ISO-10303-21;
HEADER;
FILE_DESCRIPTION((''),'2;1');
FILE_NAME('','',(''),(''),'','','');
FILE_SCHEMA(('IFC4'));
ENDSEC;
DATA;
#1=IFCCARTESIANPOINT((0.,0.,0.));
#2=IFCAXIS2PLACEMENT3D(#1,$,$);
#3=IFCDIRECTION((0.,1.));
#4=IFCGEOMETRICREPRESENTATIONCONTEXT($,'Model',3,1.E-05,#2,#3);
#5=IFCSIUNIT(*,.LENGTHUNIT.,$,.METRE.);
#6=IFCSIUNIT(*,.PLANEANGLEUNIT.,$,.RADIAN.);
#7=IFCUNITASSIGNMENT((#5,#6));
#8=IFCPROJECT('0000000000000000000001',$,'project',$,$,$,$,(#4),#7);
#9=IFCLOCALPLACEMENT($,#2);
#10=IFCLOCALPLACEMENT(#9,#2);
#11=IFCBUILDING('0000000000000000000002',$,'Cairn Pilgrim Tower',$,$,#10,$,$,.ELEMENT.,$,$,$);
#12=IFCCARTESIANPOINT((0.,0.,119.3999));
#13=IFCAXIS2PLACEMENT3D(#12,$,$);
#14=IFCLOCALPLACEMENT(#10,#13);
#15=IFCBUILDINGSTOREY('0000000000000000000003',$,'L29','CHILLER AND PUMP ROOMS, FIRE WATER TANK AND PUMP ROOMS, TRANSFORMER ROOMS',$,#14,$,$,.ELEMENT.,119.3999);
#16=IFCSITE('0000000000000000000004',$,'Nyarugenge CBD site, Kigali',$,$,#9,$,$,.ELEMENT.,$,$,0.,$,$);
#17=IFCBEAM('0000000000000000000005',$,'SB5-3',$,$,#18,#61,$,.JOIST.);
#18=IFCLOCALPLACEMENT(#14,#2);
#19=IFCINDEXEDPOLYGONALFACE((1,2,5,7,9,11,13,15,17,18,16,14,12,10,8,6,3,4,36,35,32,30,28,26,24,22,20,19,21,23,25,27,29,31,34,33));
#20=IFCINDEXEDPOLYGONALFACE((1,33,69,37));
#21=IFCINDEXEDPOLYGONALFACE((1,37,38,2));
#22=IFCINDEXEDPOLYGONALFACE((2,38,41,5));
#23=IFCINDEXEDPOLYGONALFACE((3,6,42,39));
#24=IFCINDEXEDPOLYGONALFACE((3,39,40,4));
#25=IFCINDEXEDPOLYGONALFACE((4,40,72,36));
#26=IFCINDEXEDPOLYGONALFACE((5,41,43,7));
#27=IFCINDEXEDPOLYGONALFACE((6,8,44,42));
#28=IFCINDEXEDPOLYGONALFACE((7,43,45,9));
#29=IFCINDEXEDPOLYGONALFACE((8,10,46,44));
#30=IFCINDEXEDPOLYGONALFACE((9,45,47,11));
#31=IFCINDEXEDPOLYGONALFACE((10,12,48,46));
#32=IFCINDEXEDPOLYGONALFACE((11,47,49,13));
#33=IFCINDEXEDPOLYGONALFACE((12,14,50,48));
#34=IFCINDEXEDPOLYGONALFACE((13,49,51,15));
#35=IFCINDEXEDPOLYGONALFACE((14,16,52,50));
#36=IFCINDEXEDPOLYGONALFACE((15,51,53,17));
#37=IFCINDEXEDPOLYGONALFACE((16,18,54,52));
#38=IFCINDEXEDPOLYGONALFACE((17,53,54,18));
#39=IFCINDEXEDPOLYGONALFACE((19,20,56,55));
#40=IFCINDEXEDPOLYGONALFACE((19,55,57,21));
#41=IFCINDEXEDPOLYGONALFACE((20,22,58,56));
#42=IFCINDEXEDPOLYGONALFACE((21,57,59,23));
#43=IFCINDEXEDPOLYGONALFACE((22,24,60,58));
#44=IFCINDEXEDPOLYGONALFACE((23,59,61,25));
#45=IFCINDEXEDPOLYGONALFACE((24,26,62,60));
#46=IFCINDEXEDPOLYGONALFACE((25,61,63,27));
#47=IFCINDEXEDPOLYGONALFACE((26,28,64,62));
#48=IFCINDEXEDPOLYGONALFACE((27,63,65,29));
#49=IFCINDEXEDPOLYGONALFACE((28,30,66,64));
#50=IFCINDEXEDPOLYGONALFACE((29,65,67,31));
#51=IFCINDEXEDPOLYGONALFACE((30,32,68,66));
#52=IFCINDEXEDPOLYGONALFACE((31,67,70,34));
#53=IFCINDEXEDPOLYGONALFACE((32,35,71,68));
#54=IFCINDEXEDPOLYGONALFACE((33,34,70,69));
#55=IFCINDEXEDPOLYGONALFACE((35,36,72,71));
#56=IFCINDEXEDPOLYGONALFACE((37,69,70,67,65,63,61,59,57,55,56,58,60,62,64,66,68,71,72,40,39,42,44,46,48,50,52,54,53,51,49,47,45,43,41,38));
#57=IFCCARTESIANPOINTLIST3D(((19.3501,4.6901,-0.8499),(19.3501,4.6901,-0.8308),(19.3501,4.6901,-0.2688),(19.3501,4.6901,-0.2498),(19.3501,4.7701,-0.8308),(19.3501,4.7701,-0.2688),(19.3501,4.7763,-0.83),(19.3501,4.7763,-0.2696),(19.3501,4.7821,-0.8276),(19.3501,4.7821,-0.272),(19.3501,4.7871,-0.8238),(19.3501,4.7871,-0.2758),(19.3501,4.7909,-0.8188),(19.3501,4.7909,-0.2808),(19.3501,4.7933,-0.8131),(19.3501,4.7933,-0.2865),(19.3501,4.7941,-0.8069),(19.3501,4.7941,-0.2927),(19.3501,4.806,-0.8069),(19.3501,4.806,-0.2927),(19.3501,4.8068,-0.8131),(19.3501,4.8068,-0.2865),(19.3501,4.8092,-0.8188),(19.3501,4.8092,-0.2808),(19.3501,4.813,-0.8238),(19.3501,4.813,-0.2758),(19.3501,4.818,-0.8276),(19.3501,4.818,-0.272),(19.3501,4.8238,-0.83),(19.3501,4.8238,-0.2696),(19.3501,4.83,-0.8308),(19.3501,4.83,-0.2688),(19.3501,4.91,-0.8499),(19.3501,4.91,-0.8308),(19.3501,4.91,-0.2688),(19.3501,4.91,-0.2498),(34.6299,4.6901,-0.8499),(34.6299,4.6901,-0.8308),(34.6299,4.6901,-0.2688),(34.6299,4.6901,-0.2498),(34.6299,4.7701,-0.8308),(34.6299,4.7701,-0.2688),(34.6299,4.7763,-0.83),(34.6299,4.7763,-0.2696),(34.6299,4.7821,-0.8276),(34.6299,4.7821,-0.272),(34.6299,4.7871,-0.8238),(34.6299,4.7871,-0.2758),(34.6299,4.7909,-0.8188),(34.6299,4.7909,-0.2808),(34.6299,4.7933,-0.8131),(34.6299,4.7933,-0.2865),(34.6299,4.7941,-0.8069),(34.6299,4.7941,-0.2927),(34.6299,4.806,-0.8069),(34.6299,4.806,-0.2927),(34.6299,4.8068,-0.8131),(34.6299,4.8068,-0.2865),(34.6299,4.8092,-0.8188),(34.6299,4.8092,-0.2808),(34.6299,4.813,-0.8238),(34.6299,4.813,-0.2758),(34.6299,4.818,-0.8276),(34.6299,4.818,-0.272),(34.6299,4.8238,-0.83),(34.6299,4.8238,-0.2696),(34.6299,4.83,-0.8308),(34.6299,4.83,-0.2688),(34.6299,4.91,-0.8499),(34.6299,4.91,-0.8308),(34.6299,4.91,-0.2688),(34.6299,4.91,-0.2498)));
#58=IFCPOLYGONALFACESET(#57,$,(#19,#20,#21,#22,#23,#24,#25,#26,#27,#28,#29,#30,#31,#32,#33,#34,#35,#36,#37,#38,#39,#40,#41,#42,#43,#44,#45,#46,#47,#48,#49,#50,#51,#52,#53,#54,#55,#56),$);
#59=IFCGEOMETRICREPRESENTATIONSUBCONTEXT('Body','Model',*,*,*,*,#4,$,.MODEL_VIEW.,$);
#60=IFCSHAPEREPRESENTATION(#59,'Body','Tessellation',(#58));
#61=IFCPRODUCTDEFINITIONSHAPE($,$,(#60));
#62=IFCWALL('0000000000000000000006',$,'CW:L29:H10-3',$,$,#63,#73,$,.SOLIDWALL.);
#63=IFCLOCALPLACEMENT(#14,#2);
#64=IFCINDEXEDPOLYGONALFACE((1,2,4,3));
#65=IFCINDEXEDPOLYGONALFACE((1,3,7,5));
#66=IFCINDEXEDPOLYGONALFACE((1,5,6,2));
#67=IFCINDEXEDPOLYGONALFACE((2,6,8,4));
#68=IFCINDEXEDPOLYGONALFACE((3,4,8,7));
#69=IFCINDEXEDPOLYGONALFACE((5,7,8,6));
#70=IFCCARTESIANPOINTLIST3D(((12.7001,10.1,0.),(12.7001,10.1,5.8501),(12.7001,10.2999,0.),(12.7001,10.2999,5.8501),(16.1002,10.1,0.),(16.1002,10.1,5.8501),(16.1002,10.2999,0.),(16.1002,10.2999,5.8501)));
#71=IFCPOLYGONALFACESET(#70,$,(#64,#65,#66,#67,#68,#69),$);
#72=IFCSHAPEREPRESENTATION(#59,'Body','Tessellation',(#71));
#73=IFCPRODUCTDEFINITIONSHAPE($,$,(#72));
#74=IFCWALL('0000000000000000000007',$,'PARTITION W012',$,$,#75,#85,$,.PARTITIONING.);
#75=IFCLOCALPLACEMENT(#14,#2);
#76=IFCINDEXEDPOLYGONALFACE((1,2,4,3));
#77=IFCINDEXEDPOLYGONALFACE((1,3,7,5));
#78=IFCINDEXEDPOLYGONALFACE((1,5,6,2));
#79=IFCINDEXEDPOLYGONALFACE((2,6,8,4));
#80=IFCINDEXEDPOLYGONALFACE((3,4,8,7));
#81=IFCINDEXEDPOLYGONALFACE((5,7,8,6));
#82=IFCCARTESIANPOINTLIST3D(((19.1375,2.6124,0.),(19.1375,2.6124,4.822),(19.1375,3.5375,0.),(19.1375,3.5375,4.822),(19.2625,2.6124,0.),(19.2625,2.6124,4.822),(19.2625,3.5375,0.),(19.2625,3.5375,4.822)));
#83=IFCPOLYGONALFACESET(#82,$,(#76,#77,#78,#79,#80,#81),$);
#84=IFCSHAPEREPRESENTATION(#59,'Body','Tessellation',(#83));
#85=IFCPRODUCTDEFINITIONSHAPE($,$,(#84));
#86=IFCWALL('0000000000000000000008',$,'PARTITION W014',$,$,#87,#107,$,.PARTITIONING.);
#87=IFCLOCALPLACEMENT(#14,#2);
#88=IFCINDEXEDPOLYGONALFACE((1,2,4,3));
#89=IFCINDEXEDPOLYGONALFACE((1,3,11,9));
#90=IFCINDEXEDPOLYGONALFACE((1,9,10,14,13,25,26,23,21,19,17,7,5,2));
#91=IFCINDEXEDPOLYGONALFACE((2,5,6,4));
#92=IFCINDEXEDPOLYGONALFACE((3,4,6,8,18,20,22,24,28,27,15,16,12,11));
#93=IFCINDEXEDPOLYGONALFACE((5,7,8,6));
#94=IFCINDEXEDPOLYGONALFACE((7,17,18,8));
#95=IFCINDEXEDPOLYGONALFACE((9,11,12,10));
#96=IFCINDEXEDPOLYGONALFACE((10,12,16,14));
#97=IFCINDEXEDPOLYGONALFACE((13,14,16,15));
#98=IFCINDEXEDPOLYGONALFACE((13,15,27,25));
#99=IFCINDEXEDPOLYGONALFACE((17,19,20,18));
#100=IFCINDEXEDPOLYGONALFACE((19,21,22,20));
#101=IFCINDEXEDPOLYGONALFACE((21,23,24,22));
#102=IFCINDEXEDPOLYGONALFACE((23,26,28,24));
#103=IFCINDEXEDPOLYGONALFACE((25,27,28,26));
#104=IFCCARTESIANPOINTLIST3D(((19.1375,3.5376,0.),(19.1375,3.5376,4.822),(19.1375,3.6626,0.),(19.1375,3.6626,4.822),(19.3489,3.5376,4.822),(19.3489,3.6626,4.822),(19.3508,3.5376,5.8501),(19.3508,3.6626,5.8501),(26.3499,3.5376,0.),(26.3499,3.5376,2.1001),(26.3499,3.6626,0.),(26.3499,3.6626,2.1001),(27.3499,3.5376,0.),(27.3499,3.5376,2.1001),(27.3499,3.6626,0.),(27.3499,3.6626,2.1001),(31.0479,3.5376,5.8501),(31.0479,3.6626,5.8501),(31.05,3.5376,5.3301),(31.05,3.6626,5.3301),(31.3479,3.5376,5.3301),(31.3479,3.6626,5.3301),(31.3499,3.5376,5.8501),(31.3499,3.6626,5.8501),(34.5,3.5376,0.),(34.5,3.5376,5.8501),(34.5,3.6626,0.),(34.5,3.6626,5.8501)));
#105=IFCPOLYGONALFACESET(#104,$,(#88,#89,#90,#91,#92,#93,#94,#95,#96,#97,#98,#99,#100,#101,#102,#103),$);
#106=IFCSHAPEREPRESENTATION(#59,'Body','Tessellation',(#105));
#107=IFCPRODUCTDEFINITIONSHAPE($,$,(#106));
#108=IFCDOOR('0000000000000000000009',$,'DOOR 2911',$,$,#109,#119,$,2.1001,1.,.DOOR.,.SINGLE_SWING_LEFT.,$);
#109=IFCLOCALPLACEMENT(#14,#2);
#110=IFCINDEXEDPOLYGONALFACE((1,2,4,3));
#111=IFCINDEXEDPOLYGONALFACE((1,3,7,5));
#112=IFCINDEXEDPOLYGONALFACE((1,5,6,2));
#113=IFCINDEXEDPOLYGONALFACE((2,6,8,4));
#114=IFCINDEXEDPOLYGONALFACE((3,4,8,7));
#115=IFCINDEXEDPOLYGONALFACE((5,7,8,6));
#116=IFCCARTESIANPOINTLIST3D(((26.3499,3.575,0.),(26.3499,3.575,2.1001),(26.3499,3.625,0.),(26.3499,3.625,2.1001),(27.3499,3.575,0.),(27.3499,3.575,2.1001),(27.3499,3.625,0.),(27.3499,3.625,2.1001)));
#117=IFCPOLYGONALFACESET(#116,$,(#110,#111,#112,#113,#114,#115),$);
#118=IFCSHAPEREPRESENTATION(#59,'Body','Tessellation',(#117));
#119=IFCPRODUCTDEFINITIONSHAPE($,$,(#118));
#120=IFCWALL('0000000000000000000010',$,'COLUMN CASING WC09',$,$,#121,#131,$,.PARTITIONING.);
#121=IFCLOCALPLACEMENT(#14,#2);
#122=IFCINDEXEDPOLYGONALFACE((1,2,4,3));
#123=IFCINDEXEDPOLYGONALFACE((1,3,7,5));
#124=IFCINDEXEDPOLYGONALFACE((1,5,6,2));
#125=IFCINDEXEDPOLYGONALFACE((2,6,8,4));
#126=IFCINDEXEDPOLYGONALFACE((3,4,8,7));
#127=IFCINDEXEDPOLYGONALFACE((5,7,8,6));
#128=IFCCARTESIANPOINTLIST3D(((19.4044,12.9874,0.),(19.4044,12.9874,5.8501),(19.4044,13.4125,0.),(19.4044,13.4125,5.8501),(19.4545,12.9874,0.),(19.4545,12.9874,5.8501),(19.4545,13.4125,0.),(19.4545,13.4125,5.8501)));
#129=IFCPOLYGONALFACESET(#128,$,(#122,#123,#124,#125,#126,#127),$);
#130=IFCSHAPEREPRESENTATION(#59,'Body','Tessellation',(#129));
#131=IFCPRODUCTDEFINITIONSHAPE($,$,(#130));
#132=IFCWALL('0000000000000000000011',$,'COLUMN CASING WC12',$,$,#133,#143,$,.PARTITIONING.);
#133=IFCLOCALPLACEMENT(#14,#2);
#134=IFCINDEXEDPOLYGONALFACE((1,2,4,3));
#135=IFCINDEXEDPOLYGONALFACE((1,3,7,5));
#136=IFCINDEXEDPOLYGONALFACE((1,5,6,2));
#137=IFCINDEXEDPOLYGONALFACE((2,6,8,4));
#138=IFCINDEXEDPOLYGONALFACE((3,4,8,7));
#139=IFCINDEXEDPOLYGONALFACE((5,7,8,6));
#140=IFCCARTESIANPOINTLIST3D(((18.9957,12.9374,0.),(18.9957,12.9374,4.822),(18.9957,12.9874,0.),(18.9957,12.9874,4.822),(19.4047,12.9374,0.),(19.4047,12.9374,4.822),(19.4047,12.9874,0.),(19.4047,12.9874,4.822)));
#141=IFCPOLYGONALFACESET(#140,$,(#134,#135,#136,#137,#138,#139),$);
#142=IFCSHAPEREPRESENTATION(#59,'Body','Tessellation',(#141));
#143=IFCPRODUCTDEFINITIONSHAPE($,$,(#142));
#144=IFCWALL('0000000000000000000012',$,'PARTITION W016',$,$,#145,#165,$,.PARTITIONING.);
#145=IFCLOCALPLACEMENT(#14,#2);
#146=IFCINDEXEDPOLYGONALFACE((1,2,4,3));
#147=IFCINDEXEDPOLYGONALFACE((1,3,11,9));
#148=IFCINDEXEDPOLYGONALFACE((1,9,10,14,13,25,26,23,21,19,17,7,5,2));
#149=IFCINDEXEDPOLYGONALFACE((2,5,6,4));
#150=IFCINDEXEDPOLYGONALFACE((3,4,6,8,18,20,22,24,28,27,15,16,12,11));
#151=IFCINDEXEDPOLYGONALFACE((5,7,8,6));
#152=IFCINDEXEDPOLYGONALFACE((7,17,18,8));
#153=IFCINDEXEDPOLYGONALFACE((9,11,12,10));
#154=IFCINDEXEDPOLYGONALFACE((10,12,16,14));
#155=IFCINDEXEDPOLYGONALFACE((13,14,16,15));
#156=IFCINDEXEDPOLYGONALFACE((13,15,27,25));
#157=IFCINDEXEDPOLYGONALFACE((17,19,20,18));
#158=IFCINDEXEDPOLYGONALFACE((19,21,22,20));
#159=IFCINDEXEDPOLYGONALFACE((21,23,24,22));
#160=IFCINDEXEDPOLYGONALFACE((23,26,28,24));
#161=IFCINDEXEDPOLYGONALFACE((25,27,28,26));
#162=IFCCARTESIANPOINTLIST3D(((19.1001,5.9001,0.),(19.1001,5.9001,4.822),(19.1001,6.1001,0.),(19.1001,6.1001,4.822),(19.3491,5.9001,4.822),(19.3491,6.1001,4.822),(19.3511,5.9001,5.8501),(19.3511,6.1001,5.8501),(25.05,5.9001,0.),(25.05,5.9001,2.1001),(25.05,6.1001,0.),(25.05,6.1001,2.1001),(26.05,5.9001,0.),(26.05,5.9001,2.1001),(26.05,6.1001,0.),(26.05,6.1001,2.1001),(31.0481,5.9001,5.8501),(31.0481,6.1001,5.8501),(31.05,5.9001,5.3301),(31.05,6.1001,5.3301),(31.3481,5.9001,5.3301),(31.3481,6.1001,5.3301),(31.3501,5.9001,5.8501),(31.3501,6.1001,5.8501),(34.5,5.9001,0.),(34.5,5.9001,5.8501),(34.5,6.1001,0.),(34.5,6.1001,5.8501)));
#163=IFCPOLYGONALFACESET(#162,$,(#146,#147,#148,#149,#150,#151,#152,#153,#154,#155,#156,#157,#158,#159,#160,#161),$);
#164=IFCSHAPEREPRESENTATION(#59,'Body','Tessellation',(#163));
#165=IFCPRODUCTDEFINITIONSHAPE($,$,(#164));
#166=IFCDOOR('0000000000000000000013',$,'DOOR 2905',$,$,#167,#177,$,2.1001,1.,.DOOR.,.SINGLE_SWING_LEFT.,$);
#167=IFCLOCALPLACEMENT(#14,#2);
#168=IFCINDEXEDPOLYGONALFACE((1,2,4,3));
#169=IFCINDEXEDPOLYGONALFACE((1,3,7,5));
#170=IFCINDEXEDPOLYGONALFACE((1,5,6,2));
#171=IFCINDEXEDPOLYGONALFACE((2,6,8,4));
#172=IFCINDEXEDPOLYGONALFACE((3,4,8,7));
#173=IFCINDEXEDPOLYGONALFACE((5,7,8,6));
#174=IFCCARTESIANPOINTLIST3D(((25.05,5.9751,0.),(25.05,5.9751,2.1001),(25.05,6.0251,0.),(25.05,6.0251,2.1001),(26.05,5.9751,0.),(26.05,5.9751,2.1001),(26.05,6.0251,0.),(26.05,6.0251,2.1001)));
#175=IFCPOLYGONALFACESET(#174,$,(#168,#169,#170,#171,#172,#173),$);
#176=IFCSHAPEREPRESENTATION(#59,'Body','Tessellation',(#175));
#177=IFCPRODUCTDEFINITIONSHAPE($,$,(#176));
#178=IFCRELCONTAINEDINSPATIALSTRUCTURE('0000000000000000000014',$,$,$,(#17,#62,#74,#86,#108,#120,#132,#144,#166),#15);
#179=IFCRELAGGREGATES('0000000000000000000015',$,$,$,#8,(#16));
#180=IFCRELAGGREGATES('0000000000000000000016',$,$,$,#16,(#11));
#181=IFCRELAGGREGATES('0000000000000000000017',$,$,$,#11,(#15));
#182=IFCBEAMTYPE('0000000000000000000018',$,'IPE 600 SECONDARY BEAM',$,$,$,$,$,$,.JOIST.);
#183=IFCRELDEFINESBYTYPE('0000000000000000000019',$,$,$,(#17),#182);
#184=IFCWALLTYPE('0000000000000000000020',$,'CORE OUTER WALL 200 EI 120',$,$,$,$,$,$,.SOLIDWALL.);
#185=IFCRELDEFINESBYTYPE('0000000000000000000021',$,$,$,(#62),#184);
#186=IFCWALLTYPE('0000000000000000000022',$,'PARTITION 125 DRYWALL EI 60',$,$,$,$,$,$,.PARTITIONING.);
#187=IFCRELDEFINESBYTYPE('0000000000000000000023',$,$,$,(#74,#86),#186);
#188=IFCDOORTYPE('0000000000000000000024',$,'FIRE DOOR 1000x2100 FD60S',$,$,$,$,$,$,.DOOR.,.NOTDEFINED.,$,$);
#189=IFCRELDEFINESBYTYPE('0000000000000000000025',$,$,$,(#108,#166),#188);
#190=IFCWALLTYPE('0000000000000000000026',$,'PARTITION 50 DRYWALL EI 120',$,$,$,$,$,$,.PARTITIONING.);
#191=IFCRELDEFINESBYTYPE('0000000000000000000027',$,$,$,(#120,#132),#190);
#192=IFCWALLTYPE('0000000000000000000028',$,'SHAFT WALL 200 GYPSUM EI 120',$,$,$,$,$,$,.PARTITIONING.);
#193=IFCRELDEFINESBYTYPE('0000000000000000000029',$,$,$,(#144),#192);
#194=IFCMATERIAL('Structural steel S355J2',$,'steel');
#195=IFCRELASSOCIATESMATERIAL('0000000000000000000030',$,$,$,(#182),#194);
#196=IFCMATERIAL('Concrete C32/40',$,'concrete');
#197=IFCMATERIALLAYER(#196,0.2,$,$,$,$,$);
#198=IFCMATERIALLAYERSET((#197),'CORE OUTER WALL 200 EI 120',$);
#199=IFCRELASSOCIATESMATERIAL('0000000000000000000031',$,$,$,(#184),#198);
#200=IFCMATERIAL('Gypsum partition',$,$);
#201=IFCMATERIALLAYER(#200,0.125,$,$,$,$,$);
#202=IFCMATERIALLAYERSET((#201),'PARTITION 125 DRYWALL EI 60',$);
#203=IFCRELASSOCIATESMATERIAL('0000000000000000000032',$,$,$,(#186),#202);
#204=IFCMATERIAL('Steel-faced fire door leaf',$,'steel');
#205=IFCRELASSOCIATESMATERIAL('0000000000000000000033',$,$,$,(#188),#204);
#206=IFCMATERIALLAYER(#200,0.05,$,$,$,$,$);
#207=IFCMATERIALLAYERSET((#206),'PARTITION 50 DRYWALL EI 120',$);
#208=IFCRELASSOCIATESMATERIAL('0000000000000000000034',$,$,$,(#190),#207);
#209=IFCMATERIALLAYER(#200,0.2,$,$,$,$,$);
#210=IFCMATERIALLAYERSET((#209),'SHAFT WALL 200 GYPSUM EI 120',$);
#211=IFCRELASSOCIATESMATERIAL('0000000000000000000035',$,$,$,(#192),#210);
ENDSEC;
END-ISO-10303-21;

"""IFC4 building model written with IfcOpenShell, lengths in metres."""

from ifc_helpers import new_model, si_unit, direction, frame, frame_2d, origin, origin_2d, place, context, subcontext, project, spatial, polyline, rectangle, i_section, outline, extrude, material, layer, layer_set, material_profile, profile_set, type_object, element, fill, save


model = new_model("IFC4")

# Units and contexts
model_context = context("Model", 3, precision=1e-05, world=origin(), true_north=direction((0.0, 1.0)))
body_context = subcontext(model_context, "Body", "Model", "MODEL_VIEW")
ifc_project = project(units=[si_unit("LENGTHUNIT", "METRE"), si_unit("PLANEANGLEUNIT", "RADIAN")], contexts=[model_context])

# Site, building, storey
site_placement = place(None, origin())
site = spatial("IfcSite", under=ifc_project, at=site_placement, Name="Nyarugenge CBD site, Kigali", CompositionType="ELEMENT", RefElevation=0.0)
building_placement = place(site_placement, origin())
building = spatial("IfcBuilding", under=site, at=building_placement, Name="Cairn Pilgrim Tower", CompositionType="ELEMENT")
storey_placement = place(building_placement, frame((0.0, 0.0, 119.3999)))
storey = spatial("IfcBuildingStorey", under=building, at=storey_placement, Name="L29", Description="CHILLER AND PUMP ROOMS, FIRE WATER TANK AND PUMP ROOMS, TRANSFORMER ROOMS", CompositionType="ELEMENT", Elevation=119.3999)

# Beam
ifc_material_1 = material(Name="Structural steel S355J2", Category="steel")
ifc_material_profile_1 = material_profile(ifc_material_1, i_section(OverallWidth=0.22, OverallDepth=0.6001, WebThickness=0.012, FlangeThickness=0.019, FilletRadius=0.0239, at=origin_2d()), Name="IPE 600")
ifc_profile_set_1 = profile_set([ifc_material_profile_1], Name="Structural steel S355J2")
beam_type_1 = type_object("IfcBeamType", Name="IPE 600 SECONDARY BEAM", PredefinedType="JOIST", material=ifc_profile_set_1)
beam_1_placement = place(storey_placement, frame((19.3501, 4.8, -0.5498), z_axis=(1.0, 0.0, 0.0), x_axis=(0.0, 1.0, 0.0)))
element("IfcBeam", 1, at=beam_1_placement, inside=storey, type_object=beam_type_1, Name="SB5-3", PredefinedType="JOIST", context=body_context, shape_type="SweptSolid", body=[
    extrude(i_section(OverallWidth=0.22, OverallDepth=0.6001, WebThickness=0.012, FlangeThickness=0.019, FilletRadius=0.0239, at=origin_2d()), origin(), (0.0, 0.0, 1.0), 15.2798),
])

# Walls
ifc_material_2 = material(Name="Concrete C32/40", Category="concrete")
ifc_layer_1 = layer(ifc_material_2, 0.2)
ifc_layer_set_1 = layer_set([ifc_layer_1], Name="CORE OUTER WALL 200 EI 120")
wall_type_1 = type_object("IfcWallType", Name="CORE OUTER WALL 200 EI 120", PredefinedType="SOLIDWALL", material=ifc_layer_set_1)
wall_1_placement = place(storey_placement, frame((12.7, 10.2, 0.0), z_axis=(0.0, 0.0, 1.0), x_axis=(1.0, 0.0, 0.0)))
element("IfcWall", 2, at=wall_1_placement, inside=storey, type_object=wall_type_1, Name="CW:L29:H10-3", PredefinedType="SOLIDWALL", context=body_context, shape_type="SweptSolid", body=[
    extrude(rectangle(XDim=3.4001, YDim=0.2, at=frame_2d((1.7002, 0.0))), origin(), (0.0, 0.0, 1.0), 5.8501),
])
ifc_material_3 = material(Name="Gypsum partition")
ifc_layer_2 = layer(ifc_material_3, 0.125)
ifc_layer_set_2 = layer_set([ifc_layer_2], Name="PARTITION 125 DRYWALL EI 60")
wall_type_2 = type_object("IfcWallType", Name="PARTITION 125 DRYWALL EI 60", PredefinedType="PARTITIONING", material=ifc_layer_set_2)
wall_2_placement = place(storey_placement, frame((19.2, 2.6125, 0.0), z_axis=(0.0, 0.0, 1.0), x_axis=(0.0, 1.0, 0.0)))
element("IfcWall", 3, at=wall_2_placement, inside=storey, type_object=wall_type_2, Name="PARTITION W012", PredefinedType="PARTITIONING", context=body_context, shape_type="SweptSolid", body=[
    extrude(rectangle(XDim=0.925, YDim=0.125, at=frame_2d((0.4624, 0.0))), origin(), (0.0, 0.0, 1.0), 4.822),
])

# Wall, opening, door
wall_3_placement = place(storey_placement, frame((19.1375, 3.6001, 0.0), z_axis=(0.0, 0.0, 1.0), x_axis=(1.0, 0.0, 0.0)))
wall_3 = element("IfcWall", 4, at=wall_3_placement, inside=storey, type_object=wall_type_2, Name="PARTITION W014", PredefinedType="PARTITIONING", context=body_context, shape_type="SweptSolid", body=[
    extrude(outline(polyline([(0.0, 0.0), (15.3625, 0.0), (15.3625, 5.8501), (12.2124, 5.8501), (12.2104, 5.3301), (11.9126, 5.3301), (11.9104, 5.8501), (0.2134, 5.8501), (0.2114, 4.822), (0.0, 4.822), (0.0, 0.0)])), frame((0.0, 0.0625, 0.0), z_axis=(0.0, -1.0, 0.0), x_axis=(1.0, 0.0, 0.0)), (0.0, 0.0, 1.0), 0.125),
])
opening_1_placement = place(wall_3_placement, frame((7.2124, 0.0, 0.0)))
opening_1 = element("IfcOpeningElement", 5, at=opening_1_placement, cuts=wall_3, PredefinedType="OPENING", context=body_context, shape_type="SweptSolid", body=[
    extrude(rectangle(XDim=1.0, YDim=2.1001, at=frame_2d((0.5, 1.05))), frame((0.0, 0.0725, 0.0), z_axis=(0.0, -1.0, 0.0), x_axis=(1.0, 0.0, 0.0)), (0.0, 0.0, 1.0), 0.145),
])
ifc_material_4 = material(Name="Steel-faced fire door leaf", Category="steel")
door_type = type_object("IfcDoorType", Name="FIRE DOOR 1000x2100 FD60S", OperationType="NOTDEFINED", PredefinedType="DOOR", material=ifc_material_4)
door_1_placement = place(opening_1_placement, origin())
door_1 = element("IfcDoor", 6, at=door_1_placement, inside=storey, type_object=door_type, Name="DOOR 2911", OperationType="SINGLE_SWING_LEFT", OverallHeight=2.1001, OverallWidth=1.0, PredefinedType="DOOR", context=body_context, shape_type="SweptSolid", body=[
    extrude(rectangle(XDim=1.0, YDim=2.1001, at=frame_2d((0.5, 1.05))), frame((0.0, 0.0249, 0.0), z_axis=(0.0, -1.0, 0.0), x_axis=(1.0, 0.0, 0.0)), (0.0, 0.0, 1.0), 0.05),
])
fill(opening_1, door_1)

# Walls
ifc_layer_3 = layer(ifc_material_3, 0.05)
ifc_layer_set_3 = layer_set([ifc_layer_3], Name="PARTITION 50 DRYWALL EI 120")
wall_type_3 = type_object("IfcWallType", Name="PARTITION 50 DRYWALL EI 120", PredefinedType="PARTITIONING", material=ifc_layer_set_3)
wall_4_placement = place(storey_placement, frame((19.4294, 12.9875, 0.0), z_axis=(0.0, 0.0, 1.0), x_axis=(0.0, 1.0, 0.0)))
element("IfcWall", 7, at=wall_4_placement, inside=storey, type_object=wall_type_3, Name="COLUMN CASING WC09", PredefinedType="PARTITIONING", context=body_context, shape_type="SweptSolid", body=[
    extrude(rectangle(XDim=0.425, YDim=0.05, at=frame_2d((0.2124, 0.0))), origin(), (0.0, 0.0, 1.0), 5.8501),
])
wall_5_placement = place(storey_placement, frame((18.9956, 12.9624, 0.0), z_axis=(0.0, 0.0, 1.0), x_axis=(1.0, 0.0, 0.0)))
element("IfcWall", 8, at=wall_5_placement, inside=storey, type_object=wall_type_3, Name="COLUMN CASING WC12", PredefinedType="PARTITIONING", context=body_context, shape_type="SweptSolid", body=[
    extrude(rectangle(XDim=0.4089, YDim=0.05, at=frame_2d((0.2046, 0.0))), origin(), (0.0, 0.0, 1.0), 4.822),
])

# Wall, opening, door
ifc_layer_4 = layer(ifc_material_3, 0.2)
ifc_layer_set_4 = layer_set([ifc_layer_4], Name="SHAFT WALL 200 GYPSUM EI 120")
wall_type_4 = type_object("IfcWallType", Name="SHAFT WALL 200 GYPSUM EI 120", PredefinedType="PARTITIONING", material=ifc_layer_set_4)
wall_6_placement = place(storey_placement, frame((19.1001, 6.0, 0.0), z_axis=(0.0, 0.0, 1.0), x_axis=(1.0, 0.0, 0.0)))
wall_6 = element("IfcWall", 9, at=wall_6_placement, inside=storey, type_object=wall_type_4, Name="PARTITION W016", PredefinedType="PARTITIONING", context=body_context, shape_type="SweptSolid", body=[
    extrude(outline(polyline([(0.0, 0.0), (15.3999, 0.0), (15.3999, 5.8501), (12.25, 5.8501), (12.248, 5.3301), (11.95, 5.3301), (11.948, 5.8501), (0.251, 5.8501), (0.249, 4.822), (0.0, 4.822), (0.0, 0.0)])), frame((0.0, 0.1001, 0.0), z_axis=(0.0, -1.0, 0.0), x_axis=(1.0, 0.0, 0.0)), (0.0, 0.0, 1.0), 0.2),
])
opening_2_placement = place(wall_6_placement, frame((5.95, 0.0, 0.0)))
opening_2 = element("IfcOpeningElement", 10, at=opening_2_placement, cuts=wall_6, PredefinedType="OPENING", context=body_context, shape_type="SweptSolid", body=[
    extrude(rectangle(XDim=1.0, YDim=2.1001, at=frame_2d((0.5, 1.05))), frame((0.0, 0.1099, 0.0), z_axis=(0.0, -1.0, 0.0), x_axis=(1.0, 0.0, 0.0)), (0.0, 0.0, 1.0), 0.22),
])
door_2_placement = place(opening_2_placement, frame((1.0, 0.0, 0.0), z_axis=(0.0, 0.0, 1.0), x_axis=(-1.0, 0.0, 0.0)))
door_2 = element("IfcDoor", 11, at=door_2_placement, inside=storey, type_object=door_type, Name="DOOR 2905", OperationType="SINGLE_SWING_LEFT", OverallHeight=2.1001, OverallWidth=1.0, PredefinedType="DOOR", context=body_context, shape_type="SweptSolid", body=[
    extrude(rectangle(XDim=1.0, YDim=2.1001, at=frame_2d((0.5, 1.05))), frame((0.0, 0.0249, 0.0), z_axis=(0.0, -1.0, 0.0), x_axis=(1.0, 0.0, 0.0)), (0.0, 0.0, 1.0), 0.05),
])
fill(opening_2, door_2)

save(model, "model.ifc")
